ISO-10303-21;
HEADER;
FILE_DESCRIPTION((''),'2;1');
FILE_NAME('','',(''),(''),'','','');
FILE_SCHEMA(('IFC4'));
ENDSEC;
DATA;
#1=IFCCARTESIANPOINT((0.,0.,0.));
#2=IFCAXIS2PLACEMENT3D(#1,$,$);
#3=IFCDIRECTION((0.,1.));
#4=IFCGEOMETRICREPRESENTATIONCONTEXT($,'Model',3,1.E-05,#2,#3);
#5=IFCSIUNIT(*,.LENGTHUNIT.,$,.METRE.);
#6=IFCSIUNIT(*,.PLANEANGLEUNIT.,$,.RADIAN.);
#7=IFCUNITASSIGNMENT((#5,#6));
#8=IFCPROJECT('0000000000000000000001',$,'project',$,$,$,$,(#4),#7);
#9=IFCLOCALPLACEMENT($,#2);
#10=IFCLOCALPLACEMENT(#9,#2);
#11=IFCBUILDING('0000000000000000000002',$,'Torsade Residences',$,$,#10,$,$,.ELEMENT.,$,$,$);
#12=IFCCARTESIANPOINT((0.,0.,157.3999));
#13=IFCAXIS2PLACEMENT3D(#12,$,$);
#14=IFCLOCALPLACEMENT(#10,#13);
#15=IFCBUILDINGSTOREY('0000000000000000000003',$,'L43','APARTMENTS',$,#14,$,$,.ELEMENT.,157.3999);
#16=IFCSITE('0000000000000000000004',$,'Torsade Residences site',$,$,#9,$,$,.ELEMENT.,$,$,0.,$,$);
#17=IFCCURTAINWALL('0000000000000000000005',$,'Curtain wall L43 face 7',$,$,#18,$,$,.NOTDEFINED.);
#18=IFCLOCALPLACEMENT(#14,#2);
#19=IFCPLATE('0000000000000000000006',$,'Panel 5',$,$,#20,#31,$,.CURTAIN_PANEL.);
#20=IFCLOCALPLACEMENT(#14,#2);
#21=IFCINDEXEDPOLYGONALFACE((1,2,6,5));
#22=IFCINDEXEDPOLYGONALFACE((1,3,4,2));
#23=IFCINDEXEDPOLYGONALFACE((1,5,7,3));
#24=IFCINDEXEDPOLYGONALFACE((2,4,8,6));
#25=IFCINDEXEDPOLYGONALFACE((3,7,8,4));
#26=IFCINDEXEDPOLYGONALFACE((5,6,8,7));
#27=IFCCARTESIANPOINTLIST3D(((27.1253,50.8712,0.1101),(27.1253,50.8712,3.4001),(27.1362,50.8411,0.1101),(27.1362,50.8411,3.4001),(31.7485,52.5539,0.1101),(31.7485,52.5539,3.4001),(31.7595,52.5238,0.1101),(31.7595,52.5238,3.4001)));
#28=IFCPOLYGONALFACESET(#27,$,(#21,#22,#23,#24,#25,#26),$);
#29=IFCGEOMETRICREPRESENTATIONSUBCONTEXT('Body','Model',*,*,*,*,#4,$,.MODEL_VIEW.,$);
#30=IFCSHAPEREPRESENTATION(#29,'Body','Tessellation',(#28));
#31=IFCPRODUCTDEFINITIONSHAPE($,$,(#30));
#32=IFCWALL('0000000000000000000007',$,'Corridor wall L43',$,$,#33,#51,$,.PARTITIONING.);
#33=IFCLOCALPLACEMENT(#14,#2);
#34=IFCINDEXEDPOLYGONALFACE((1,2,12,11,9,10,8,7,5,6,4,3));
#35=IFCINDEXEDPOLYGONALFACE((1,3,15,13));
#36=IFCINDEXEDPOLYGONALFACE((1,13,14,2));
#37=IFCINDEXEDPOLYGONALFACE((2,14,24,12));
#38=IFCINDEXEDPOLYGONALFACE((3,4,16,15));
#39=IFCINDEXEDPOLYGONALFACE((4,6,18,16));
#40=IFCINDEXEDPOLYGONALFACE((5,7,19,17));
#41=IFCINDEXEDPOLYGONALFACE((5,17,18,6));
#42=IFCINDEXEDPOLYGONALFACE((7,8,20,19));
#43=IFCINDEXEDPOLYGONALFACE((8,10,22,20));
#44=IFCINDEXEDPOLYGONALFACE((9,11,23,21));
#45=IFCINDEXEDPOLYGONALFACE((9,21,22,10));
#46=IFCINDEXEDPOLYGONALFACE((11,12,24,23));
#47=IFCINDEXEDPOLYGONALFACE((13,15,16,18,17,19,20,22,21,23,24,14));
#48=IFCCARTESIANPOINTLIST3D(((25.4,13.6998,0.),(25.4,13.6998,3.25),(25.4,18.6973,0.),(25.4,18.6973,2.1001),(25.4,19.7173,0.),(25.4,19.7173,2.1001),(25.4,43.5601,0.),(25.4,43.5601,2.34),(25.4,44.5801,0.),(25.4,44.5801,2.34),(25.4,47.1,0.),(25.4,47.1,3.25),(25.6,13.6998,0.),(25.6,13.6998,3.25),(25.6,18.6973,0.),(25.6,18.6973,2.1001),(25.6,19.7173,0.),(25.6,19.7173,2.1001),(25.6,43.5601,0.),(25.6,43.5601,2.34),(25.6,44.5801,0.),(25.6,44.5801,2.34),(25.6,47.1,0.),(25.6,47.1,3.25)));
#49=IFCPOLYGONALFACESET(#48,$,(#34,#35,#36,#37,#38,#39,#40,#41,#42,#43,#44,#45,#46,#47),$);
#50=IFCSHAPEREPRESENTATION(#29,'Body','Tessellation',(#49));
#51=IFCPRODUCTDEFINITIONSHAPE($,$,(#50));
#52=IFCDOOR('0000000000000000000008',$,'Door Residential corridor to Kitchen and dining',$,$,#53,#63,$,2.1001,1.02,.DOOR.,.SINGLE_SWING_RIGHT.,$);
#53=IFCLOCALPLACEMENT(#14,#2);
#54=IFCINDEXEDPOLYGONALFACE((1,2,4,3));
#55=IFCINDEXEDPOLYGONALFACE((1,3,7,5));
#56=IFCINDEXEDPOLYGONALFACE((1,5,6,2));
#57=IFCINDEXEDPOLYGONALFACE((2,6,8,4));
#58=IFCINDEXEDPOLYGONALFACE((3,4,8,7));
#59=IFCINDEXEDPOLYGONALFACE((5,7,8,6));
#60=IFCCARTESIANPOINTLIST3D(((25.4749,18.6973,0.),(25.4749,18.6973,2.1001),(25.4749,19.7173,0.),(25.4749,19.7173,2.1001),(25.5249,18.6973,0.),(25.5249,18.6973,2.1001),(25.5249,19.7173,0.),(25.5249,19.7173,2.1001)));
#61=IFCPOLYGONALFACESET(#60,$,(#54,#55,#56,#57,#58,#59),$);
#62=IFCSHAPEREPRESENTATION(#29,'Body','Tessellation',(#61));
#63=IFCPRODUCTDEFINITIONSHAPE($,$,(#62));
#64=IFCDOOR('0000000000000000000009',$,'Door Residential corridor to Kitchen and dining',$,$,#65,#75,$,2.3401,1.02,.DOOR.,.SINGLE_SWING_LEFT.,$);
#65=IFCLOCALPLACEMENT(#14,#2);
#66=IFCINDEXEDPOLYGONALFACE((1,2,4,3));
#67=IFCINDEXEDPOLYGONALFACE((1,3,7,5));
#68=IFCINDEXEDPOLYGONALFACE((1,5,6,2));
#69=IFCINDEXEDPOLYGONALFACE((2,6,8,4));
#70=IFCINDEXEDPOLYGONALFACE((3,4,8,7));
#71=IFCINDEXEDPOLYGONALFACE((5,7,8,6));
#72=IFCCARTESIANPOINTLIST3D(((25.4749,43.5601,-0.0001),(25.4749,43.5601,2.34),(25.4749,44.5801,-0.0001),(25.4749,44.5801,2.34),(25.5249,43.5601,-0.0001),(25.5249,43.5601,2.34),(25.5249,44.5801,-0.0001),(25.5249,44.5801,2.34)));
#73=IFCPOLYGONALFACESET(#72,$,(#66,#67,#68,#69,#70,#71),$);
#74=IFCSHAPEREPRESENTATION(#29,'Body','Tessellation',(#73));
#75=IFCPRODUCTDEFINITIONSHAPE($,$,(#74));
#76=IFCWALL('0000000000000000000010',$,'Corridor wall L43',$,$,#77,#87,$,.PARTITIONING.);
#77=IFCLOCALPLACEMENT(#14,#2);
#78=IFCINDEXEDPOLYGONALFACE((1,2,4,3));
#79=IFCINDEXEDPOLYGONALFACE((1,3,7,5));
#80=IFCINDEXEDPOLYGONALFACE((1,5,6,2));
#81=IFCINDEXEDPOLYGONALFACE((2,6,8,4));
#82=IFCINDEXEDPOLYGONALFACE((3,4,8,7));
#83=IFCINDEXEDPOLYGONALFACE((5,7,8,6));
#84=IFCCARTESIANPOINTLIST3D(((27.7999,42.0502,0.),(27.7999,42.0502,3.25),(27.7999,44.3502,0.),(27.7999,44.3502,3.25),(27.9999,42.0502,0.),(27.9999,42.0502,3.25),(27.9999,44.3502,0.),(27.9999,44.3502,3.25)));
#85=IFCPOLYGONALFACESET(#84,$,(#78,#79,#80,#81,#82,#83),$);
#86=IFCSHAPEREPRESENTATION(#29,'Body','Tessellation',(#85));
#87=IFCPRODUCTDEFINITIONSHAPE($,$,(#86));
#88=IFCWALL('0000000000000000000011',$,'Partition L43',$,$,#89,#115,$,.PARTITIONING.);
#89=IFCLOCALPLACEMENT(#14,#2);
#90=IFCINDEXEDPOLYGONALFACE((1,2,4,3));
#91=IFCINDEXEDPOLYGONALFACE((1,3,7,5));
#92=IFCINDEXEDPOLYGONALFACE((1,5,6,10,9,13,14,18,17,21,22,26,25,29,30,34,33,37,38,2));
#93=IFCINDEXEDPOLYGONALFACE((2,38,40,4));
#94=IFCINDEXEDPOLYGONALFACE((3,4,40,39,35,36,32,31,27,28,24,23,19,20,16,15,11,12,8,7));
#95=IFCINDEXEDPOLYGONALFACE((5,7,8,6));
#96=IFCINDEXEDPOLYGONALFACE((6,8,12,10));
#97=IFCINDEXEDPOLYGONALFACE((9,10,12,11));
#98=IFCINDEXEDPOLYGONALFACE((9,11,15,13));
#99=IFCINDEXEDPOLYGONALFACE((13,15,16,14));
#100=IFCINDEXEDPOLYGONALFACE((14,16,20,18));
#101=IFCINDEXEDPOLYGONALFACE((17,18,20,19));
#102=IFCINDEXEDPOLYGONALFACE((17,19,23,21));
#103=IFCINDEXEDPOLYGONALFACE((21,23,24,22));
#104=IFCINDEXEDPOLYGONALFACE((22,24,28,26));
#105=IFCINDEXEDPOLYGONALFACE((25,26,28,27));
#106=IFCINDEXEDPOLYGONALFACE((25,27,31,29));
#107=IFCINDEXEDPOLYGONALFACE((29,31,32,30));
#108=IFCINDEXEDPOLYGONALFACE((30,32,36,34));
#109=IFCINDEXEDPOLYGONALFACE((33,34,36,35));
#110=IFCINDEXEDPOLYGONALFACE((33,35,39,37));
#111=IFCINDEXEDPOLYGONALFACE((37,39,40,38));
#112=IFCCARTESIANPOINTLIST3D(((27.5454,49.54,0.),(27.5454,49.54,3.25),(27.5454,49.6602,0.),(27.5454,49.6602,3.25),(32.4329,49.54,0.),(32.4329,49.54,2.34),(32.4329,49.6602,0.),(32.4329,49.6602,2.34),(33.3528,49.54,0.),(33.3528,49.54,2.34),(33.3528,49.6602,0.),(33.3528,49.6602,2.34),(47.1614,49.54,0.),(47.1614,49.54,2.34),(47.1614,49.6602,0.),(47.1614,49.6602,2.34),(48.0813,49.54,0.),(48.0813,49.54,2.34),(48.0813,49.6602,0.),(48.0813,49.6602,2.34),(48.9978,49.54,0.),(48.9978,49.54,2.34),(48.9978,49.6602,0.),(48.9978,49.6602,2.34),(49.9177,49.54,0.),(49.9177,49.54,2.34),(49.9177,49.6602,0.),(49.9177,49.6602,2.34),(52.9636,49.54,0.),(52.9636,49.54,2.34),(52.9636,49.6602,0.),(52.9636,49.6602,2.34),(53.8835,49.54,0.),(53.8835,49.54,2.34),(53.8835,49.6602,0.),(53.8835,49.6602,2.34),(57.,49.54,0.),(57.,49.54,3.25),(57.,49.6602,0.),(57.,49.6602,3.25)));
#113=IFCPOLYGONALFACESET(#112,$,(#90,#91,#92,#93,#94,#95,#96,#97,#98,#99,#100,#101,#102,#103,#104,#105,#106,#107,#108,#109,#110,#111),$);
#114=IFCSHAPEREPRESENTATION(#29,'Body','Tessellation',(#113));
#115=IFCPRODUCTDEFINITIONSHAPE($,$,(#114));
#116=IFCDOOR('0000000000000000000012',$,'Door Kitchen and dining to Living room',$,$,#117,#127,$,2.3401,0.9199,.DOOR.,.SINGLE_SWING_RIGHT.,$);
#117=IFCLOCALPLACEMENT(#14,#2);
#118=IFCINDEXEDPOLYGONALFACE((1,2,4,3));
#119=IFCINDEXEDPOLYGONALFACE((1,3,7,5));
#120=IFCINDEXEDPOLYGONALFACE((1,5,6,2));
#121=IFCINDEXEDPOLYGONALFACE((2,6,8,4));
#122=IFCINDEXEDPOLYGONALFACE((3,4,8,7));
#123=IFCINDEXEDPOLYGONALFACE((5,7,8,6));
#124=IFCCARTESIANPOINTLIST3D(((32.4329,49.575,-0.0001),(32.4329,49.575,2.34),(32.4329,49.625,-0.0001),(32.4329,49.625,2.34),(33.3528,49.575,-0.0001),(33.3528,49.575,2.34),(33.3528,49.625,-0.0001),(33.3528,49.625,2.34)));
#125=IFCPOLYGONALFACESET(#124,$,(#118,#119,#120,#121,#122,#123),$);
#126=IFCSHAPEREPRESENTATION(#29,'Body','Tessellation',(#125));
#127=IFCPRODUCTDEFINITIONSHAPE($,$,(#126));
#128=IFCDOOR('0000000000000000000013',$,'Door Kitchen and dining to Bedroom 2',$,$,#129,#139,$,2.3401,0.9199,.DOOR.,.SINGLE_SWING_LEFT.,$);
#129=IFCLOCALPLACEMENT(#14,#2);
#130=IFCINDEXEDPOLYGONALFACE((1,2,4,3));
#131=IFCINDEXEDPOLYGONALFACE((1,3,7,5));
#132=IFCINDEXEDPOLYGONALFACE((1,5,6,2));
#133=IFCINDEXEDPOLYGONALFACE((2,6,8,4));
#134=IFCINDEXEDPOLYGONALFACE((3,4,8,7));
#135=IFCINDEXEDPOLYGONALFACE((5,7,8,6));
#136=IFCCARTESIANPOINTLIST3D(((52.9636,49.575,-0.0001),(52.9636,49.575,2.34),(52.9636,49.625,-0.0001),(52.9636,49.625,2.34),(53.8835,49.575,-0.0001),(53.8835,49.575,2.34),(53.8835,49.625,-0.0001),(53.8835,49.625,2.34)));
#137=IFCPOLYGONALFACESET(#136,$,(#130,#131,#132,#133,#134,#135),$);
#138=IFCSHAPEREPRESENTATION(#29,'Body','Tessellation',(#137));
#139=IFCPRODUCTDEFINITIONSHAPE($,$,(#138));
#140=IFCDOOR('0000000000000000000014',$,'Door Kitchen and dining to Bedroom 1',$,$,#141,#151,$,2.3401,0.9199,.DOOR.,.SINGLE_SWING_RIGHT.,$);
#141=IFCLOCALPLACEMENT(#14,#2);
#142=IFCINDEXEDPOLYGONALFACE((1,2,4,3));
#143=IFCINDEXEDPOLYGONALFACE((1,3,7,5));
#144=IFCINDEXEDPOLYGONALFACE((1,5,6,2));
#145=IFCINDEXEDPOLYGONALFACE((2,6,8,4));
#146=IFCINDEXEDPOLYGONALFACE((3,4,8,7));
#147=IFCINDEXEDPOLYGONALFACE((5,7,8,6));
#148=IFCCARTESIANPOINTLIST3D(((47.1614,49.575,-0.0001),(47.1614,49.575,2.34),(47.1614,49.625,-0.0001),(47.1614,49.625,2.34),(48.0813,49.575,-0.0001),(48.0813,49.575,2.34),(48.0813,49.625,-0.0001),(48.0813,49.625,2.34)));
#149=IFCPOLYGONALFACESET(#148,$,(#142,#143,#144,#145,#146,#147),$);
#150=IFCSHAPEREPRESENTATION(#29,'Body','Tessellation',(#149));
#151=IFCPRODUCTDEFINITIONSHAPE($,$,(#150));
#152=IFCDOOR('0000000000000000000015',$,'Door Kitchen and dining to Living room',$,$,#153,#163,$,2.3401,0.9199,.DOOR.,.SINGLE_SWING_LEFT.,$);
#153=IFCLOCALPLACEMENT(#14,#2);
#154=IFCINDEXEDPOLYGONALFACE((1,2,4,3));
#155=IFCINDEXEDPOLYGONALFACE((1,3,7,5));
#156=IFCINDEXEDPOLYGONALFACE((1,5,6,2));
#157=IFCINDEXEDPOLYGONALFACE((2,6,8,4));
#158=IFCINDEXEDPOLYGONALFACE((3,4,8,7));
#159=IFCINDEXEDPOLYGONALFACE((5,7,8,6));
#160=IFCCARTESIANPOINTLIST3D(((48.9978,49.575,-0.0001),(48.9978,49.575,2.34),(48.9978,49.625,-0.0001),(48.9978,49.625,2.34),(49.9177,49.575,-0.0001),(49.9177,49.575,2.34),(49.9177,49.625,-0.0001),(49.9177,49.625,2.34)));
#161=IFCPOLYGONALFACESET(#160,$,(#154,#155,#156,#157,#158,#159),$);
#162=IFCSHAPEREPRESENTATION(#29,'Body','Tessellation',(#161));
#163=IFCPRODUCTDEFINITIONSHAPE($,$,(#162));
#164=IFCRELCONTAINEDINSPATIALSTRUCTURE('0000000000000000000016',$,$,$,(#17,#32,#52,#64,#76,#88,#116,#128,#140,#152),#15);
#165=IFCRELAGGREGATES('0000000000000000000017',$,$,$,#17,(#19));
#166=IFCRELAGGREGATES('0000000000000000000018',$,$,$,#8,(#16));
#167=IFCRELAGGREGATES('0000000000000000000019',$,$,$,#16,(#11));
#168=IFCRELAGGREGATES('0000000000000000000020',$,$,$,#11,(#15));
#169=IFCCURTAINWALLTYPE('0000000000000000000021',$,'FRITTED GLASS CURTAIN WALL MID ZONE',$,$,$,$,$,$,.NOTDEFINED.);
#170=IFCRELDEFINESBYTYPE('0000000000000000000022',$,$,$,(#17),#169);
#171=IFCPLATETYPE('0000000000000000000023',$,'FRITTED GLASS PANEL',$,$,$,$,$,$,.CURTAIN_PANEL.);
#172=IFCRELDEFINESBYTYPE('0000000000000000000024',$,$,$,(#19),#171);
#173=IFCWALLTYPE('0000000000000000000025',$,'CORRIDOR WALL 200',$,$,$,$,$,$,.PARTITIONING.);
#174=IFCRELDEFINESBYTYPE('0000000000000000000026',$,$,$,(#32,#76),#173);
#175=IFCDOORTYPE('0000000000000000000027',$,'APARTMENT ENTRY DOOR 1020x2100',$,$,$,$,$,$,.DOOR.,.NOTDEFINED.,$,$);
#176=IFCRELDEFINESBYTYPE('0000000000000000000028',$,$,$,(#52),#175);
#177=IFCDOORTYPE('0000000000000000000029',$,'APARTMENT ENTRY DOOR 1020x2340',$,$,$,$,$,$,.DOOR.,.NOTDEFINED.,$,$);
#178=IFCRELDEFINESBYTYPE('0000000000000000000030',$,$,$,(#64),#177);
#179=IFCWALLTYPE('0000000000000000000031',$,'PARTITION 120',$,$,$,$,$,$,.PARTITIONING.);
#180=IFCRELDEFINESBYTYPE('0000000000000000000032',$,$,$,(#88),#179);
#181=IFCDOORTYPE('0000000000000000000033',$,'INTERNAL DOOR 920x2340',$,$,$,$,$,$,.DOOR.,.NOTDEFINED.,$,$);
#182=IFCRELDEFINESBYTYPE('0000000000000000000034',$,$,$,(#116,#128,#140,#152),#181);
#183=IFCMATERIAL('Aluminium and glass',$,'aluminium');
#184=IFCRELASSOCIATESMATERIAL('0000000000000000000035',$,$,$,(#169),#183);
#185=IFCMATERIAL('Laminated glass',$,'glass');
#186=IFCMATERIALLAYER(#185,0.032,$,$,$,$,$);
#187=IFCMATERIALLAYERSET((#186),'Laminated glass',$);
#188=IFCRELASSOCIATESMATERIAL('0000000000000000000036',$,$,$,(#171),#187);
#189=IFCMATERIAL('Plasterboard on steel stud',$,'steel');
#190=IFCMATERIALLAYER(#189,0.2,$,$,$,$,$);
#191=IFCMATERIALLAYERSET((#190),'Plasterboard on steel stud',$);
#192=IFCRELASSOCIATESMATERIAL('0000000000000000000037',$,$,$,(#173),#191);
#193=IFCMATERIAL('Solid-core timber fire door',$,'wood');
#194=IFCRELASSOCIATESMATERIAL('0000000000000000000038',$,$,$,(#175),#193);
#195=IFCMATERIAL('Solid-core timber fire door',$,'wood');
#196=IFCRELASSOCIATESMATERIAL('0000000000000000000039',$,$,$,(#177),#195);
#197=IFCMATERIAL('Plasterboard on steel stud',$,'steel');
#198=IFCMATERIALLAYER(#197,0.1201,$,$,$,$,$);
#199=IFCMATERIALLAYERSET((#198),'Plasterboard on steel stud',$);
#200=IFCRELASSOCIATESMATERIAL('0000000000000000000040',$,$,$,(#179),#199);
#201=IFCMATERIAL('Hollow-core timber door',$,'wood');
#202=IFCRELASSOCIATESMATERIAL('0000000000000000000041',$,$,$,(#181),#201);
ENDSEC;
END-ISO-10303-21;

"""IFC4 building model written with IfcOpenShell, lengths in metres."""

from ifc_helpers import new_model, si_unit, direction, frame, frame_2d, origin, origin_2d, place, context, subcontext, project, spatial, rectangle, extrude, material, layer, layer_set, type_object, element, fill, aggregate, save


model = new_model("IFC4")

# Units and contexts
model_context = context("Model", 3, precision=1e-05, world=origin(), true_north=direction((0.0, 1.0)))
body_context = subcontext(model_context, "Body", "Model", "MODEL_VIEW")
ifc_project = project(units=[si_unit("LENGTHUNIT", "METRE"), si_unit("PLANEANGLEUNIT", "RADIAN")], contexts=[model_context])

# Site, building, storey
site_placement = place(None, origin())
site = spatial("IfcSite", under=ifc_project, at=site_placement, Name="Torsade Residences site", CompositionType="ELEMENT", RefElevation=0.0)
building_placement = place(site_placement, origin())
building = spatial("IfcBuilding", under=site, at=building_placement, Name="Torsade Residences", CompositionType="ELEMENT")
storey_placement = place(building_placement, frame((0.0, 0.0, 157.3999)))
storey = spatial("IfcBuildingStorey", under=building, at=storey_placement, Name="L43", Description="APARTMENTS", CompositionType="ELEMENT", Elevation=157.3999)

# Curtain wall
ifc_material_1 = material(Name="Aluminium and glass", Category="aluminium")
curtain_wall_type = type_object("IfcCurtainWallType", Name="FRITTED GLASS CURTAIN WALL MID ZONE", PredefinedType="NOTDEFINED", material=ifc_material_1)
curtain_wall_placement = place(storey_placement, origin())
curtain_wall = element("IfcCurtainWall", 1, at=curtain_wall_placement, inside=storey, type_object=curtain_wall_type, Name="Curtain wall L43 face 7", PredefinedType="NOTDEFINED")

# Plate
ifc_material_2 = material(Name="Laminated glass", Category="glass")
ifc_layer_1 = layer(ifc_material_2, 0.032)
ifc_layer_set_1 = layer_set([ifc_layer_1], Name="Laminated glass")
plate_type = type_object("IfcPlateType", Name="FRITTED GLASS PANEL", PredefinedType="CURTAIN_PANEL", material=ifc_layer_set_1)
plate_placement = place(storey_placement, frame((29.4424, 51.6975, 0.1101), z_axis=(0.0, 0.0, 1.0), x_axis=(-0.939693, -0.34202, 0.0)))
plate = element("IfcPlate", 2, at=plate_placement, type_object=plate_type, Name="Panel 5", PredefinedType="CURTAIN_PANEL", context=body_context, shape_type="SweptSolid", body=[
    extrude(rectangle(XDim=4.9199, YDim=0.032, at=origin_2d()), origin(), (0.0, 0.0, 1.0), 3.29),
])
aggregate(curtain_wall, [plate])

# Wall, openings, doors
ifc_material_3 = material(Name="Plasterboard on steel stud", Category="steel")
ifc_layer_2 = layer(ifc_material_3, 0.2)
ifc_layer_set_2 = layer_set([ifc_layer_2], Name="Plasterboard on steel stud")
wall_type_1 = type_object("IfcWallType", Name="CORRIDOR WALL 200", PredefinedType="PARTITIONING", material=ifc_layer_set_2)
wall_1_placement = place(storey_placement, frame((25.5, 47.1001, 0.0), z_axis=(0.0, 0.0, 1.0), x_axis=(0.0, -1.0, 0.0)))
wall_1 = element("IfcWall", 3, at=wall_1_placement, inside=storey, type_object=wall_type_1, Name="Corridor wall L43", PredefinedType="PARTITIONING", context=body_context, shape_type="SweptSolid", body=[
    extrude(rectangle(XDim=33.4001, YDim=0.2, at=frame_2d((16.7002, 0.0))), origin(), (0.0, 0.0, 1.0), 3.25),
])
opening_1_placement = place(wall_1_placement, frame((2.52, 0.0, 0.0)))
opening_1 = element("IfcOpeningElement", 4, at=opening_1_placement, cuts=wall_1, PredefinedType="OPENING", context=body_context, shape_type="SweptSolid", body=[
    extrude(rectangle(XDim=1.02, YDim=2.3401, at=frame_2d((0.51, 1.1699))), frame((0.0, 0.1099, 0.0), z_axis=(0.0, -1.0, 0.0), x_axis=(1.0, 0.0, 0.0)), (0.0, 0.0, 1.0), 0.22),
])
opening_2_placement = place(wall_1_placement, frame((27.3828, 0.0, 0.0)))
opening_2 = element("IfcOpeningElement", 5, at=opening_2_placement, cuts=wall_1, PredefinedType="OPENING", context=body_context, shape_type="SweptSolid", body=[
    extrude(rectangle(XDim=1.02, YDim=2.1001, at=frame_2d((0.51, 1.05))), frame((0.0, 0.1099, 0.0), z_axis=(0.0, -1.0, 0.0), x_axis=(1.0, 0.0, 0.0)), (0.0, 0.0, 1.0), 0.22),
])
ifc_material_4 = material(Name="Solid-core timber fire door", Category="wood")
door_type_1 = type_object("IfcDoorType", Name="APARTMENT ENTRY DOOR 1020x2100", OperationType="NOTDEFINED", PredefinedType="DOOR", material=ifc_material_4)
door_1_placement = place(opening_2_placement, origin())
door_1 = element("IfcDoor", 6, at=door_1_placement, inside=storey, type_object=door_type_1, Name="Door Residential corridor to Kitchen and dining", OperationType="SINGLE_SWING_RIGHT", OverallHeight=2.1001, OverallWidth=1.02, PredefinedType="DOOR", context=body_context, shape_type="SweptSolid", body=[
    extrude(rectangle(XDim=1.02, YDim=2.1001, at=frame_2d((0.51, 1.05))), frame((0.0, 0.0249, 0.0), z_axis=(0.0, -1.0, 0.0), x_axis=(1.0, 0.0, 0.0)), (0.0, 0.0, 1.0), 0.05),
])
fill(opening_2, door_1)
ifc_material_5 = material(Name="Solid-core timber fire door", Category="wood")
door_type_2 = type_object("IfcDoorType", Name="APARTMENT ENTRY DOOR 1020x2340", OperationType="NOTDEFINED", PredefinedType="DOOR", material=ifc_material_5)
door_2_placement = place(opening_1_placement, origin())
door_2 = element("IfcDoor", 7, at=door_2_placement, inside=storey, type_object=door_type_2, Name="Door Residential corridor to Kitchen and dining", OperationType="SINGLE_SWING_LEFT", OverallHeight=2.3401, OverallWidth=1.02, PredefinedType="DOOR", context=body_context, shape_type="SweptSolid", body=[
    extrude(rectangle(XDim=1.02, YDim=2.3401, at=frame_2d((0.51, 1.1699))), frame((0.0, 0.0249, 0.0), z_axis=(0.0, -1.0, 0.0), x_axis=(1.0, 0.0, 0.0)), (0.0, 0.0, 1.0), 0.05),
])
fill(opening_1, door_2)

# Wall
wall_2_placement = place(storey_placement, frame((27.8999, 44.3501, 0.0), z_axis=(0.0, 0.0, 1.0), x_axis=(0.0, -1.0, 0.0)))
element("IfcWall", 8, at=wall_2_placement, inside=storey, type_object=wall_type_1, Name="Corridor wall L43", PredefinedType="PARTITIONING", context=body_context, shape_type="SweptSolid", body=[
    extrude(rectangle(XDim=2.3, YDim=0.2, at=frame_2d((1.1499, 0.0))), origin(), (0.0, 0.0, 1.0), 3.25),
])

# Wall, openings, doors
ifc_material_6 = material(Name="Plasterboard on steel stud", Category="steel")
ifc_layer_3 = layer(ifc_material_6, 0.1201)
ifc_layer_set_3 = layer_set([ifc_layer_3], Name="Plasterboard on steel stud")
wall_type_2 = type_object("IfcWallType", Name="PARTITION 120", PredefinedType="PARTITIONING", material=ifc_layer_set_3)
wall_3_placement = place(storey_placement, frame((27.5454, 49.6001, 0.0), z_axis=(0.0, 0.0, 1.0), x_axis=(1.0, 0.0, 0.0)))
wall_3 = element("IfcWall", 9, at=wall_3_placement, inside=storey, type_object=wall_type_2, Name="Partition L43", PredefinedType="PARTITIONING", context=body_context, shape_type="SweptSolid", body=[
    extrude(rectangle(XDim=29.4546, YDim=0.1201, at=frame_2d((14.7273, 0.0))), origin(), (0.0, 0.0, 1.0), 3.25),
])
opening_3_placement = place(wall_3_placement, frame((4.8875, 0.0, 0.0)))
opening_3 = element("IfcOpeningElement", 10, at=opening_3_placement, cuts=wall_3, PredefinedType="OPENING", context=body_context, shape_type="SweptSolid", body=[
    extrude(rectangle(XDim=0.9199, YDim=2.3401, at=frame_2d((0.46, 1.1699))), frame((0.0, 0.0701, 0.0), z_axis=(0.0, -1.0, 0.0), x_axis=(1.0, 0.0, 0.0)), (0.0, 0.0, 1.0), 0.1401),
])
opening_4_placement = place(wall_3_placement, frame((25.4182, 0.0, 0.0)))
opening_4 = element("IfcOpeningElement", 11, at=opening_4_placement, cuts=wall_3, PredefinedType="OPENING", context=body_context, shape_type="SweptSolid", body=[
    extrude(rectangle(XDim=0.9199, YDim=2.3401, at=frame_2d((0.46, 1.1699))), frame((0.0, 0.0701, 0.0), z_axis=(0.0, -1.0, 0.0), x_axis=(1.0, 0.0, 0.0)), (0.0, 0.0, 1.0), 0.1401),
])
opening_5_placement = place(wall_3_placement, frame((19.616, 0.0, 0.0)))
opening_5 = element("IfcOpeningElement", 12, at=opening_5_placement, cuts=wall_3, PredefinedType="OPENING", context=body_context, shape_type="SweptSolid", body=[
    extrude(rectangle(XDim=0.9199, YDim=2.3401, at=frame_2d((0.46, 1.1699))), frame((0.0, 0.0701, 0.0), z_axis=(0.0, -1.0, 0.0), x_axis=(1.0, 0.0, 0.0)), (0.0, 0.0, 1.0), 0.1401),
])
opening_6_placement = place(wall_3_placement, frame((21.4524, 0.0, 0.0)))
opening_6 = element("IfcOpeningElement", 13, at=opening_6_placement, cuts=wall_3, PredefinedType="OPENING", context=body_context, shape_type="SweptSolid", body=[
    extrude(rectangle(XDim=0.9199, YDim=2.3401, at=frame_2d((0.46, 1.1699))), frame((0.0, 0.0701, 0.0), z_axis=(0.0, -1.0, 0.0), x_axis=(1.0, 0.0, 0.0)), (0.0, 0.0, 1.0), 0.1401),
])
ifc_material_7 = material(Name="Hollow-core timber door", Category="wood")
door_type_3 = type_object("IfcDoorType", Name="INTERNAL DOOR 920x2340", OperationType="NOTDEFINED", PredefinedType="DOOR", material=ifc_material_7)
door_3_placement = place(opening_3_placement, origin())
door_3 = element("IfcDoor", 14, at=door_3_placement, inside=storey, type_object=door_type_3, Name="Door Kitchen and dining to Living room", OperationType="SINGLE_SWING_RIGHT", OverallHeight=2.3401, OverallWidth=0.9199, PredefinedType="DOOR", context=body_context, shape_type="SweptSolid", body=[
    extrude(rectangle(XDim=0.9199, YDim=2.3401, at=frame_2d((0.46, 1.1699))), frame((0.0, 0.0249, 0.0), z_axis=(0.0, -1.0, 0.0), x_axis=(1.0, 0.0, 0.0)), (0.0, 0.0, 1.0), 0.05),
])
fill(opening_3, door_3)
door_4_placement = place(opening_4_placement, origin())
door_4 = element("IfcDoor", 15, at=door_4_placement, inside=storey, type_object=door_type_3, Name="Door Kitchen and dining to Bedroom 2", OperationType="SINGLE_SWING_LEFT", OverallHeight=2.3401, OverallWidth=0.9199, PredefinedType="DOOR", context=body_context, shape_type="SweptSolid", body=[
    extrude(rectangle(XDim=0.9199, YDim=2.3401, at=frame_2d((0.46, 1.1699))), frame((0.0, 0.0249, 0.0), z_axis=(0.0, -1.0, 0.0), x_axis=(1.0, 0.0, 0.0)), (0.0, 0.0, 1.0), 0.05),
])
fill(opening_4, door_4)
door_5_placement = place(opening_5_placement, origin())
door_5 = element("IfcDoor", 16, at=door_5_placement, inside=storey, type_object=door_type_3, Name="Door Kitchen and dining to Bedroom 1", OperationType="SINGLE_SWING_RIGHT", OverallHeight=2.3401, OverallWidth=0.9199, PredefinedType="DOOR", context=body_context, shape_type="SweptSolid", body=[
    extrude(rectangle(XDim=0.9199, YDim=2.3401, at=frame_2d((0.46, 1.1699))), frame((0.0, 0.0249, 0.0), z_axis=(0.0, -1.0, 0.0), x_axis=(1.0, 0.0, 0.0)), (0.0, 0.0, 1.0), 0.05),
])
fill(opening_5, door_5)
door_6_placement = place(opening_6_placement, origin())
door_6 = element("IfcDoor", 17, at=door_6_placement, inside=storey, type_object=door_type_3, Name="Door Kitchen and dining to Living room", OperationType="SINGLE_SWING_LEFT", OverallHeight=2.3401, OverallWidth=0.9199, PredefinedType="DOOR", context=body_context, shape_type="SweptSolid", body=[
    extrude(rectangle(XDim=0.9199, YDim=2.3401, at=frame_2d((0.46, 1.1699))), frame((0.0, 0.0249, 0.0), z_axis=(0.0, -1.0, 0.0), x_axis=(1.0, 0.0, 0.0)), (0.0, 0.0, 1.0), 0.05),
])
fill(opening_6, door_6)

save(model, "model.ifc")
